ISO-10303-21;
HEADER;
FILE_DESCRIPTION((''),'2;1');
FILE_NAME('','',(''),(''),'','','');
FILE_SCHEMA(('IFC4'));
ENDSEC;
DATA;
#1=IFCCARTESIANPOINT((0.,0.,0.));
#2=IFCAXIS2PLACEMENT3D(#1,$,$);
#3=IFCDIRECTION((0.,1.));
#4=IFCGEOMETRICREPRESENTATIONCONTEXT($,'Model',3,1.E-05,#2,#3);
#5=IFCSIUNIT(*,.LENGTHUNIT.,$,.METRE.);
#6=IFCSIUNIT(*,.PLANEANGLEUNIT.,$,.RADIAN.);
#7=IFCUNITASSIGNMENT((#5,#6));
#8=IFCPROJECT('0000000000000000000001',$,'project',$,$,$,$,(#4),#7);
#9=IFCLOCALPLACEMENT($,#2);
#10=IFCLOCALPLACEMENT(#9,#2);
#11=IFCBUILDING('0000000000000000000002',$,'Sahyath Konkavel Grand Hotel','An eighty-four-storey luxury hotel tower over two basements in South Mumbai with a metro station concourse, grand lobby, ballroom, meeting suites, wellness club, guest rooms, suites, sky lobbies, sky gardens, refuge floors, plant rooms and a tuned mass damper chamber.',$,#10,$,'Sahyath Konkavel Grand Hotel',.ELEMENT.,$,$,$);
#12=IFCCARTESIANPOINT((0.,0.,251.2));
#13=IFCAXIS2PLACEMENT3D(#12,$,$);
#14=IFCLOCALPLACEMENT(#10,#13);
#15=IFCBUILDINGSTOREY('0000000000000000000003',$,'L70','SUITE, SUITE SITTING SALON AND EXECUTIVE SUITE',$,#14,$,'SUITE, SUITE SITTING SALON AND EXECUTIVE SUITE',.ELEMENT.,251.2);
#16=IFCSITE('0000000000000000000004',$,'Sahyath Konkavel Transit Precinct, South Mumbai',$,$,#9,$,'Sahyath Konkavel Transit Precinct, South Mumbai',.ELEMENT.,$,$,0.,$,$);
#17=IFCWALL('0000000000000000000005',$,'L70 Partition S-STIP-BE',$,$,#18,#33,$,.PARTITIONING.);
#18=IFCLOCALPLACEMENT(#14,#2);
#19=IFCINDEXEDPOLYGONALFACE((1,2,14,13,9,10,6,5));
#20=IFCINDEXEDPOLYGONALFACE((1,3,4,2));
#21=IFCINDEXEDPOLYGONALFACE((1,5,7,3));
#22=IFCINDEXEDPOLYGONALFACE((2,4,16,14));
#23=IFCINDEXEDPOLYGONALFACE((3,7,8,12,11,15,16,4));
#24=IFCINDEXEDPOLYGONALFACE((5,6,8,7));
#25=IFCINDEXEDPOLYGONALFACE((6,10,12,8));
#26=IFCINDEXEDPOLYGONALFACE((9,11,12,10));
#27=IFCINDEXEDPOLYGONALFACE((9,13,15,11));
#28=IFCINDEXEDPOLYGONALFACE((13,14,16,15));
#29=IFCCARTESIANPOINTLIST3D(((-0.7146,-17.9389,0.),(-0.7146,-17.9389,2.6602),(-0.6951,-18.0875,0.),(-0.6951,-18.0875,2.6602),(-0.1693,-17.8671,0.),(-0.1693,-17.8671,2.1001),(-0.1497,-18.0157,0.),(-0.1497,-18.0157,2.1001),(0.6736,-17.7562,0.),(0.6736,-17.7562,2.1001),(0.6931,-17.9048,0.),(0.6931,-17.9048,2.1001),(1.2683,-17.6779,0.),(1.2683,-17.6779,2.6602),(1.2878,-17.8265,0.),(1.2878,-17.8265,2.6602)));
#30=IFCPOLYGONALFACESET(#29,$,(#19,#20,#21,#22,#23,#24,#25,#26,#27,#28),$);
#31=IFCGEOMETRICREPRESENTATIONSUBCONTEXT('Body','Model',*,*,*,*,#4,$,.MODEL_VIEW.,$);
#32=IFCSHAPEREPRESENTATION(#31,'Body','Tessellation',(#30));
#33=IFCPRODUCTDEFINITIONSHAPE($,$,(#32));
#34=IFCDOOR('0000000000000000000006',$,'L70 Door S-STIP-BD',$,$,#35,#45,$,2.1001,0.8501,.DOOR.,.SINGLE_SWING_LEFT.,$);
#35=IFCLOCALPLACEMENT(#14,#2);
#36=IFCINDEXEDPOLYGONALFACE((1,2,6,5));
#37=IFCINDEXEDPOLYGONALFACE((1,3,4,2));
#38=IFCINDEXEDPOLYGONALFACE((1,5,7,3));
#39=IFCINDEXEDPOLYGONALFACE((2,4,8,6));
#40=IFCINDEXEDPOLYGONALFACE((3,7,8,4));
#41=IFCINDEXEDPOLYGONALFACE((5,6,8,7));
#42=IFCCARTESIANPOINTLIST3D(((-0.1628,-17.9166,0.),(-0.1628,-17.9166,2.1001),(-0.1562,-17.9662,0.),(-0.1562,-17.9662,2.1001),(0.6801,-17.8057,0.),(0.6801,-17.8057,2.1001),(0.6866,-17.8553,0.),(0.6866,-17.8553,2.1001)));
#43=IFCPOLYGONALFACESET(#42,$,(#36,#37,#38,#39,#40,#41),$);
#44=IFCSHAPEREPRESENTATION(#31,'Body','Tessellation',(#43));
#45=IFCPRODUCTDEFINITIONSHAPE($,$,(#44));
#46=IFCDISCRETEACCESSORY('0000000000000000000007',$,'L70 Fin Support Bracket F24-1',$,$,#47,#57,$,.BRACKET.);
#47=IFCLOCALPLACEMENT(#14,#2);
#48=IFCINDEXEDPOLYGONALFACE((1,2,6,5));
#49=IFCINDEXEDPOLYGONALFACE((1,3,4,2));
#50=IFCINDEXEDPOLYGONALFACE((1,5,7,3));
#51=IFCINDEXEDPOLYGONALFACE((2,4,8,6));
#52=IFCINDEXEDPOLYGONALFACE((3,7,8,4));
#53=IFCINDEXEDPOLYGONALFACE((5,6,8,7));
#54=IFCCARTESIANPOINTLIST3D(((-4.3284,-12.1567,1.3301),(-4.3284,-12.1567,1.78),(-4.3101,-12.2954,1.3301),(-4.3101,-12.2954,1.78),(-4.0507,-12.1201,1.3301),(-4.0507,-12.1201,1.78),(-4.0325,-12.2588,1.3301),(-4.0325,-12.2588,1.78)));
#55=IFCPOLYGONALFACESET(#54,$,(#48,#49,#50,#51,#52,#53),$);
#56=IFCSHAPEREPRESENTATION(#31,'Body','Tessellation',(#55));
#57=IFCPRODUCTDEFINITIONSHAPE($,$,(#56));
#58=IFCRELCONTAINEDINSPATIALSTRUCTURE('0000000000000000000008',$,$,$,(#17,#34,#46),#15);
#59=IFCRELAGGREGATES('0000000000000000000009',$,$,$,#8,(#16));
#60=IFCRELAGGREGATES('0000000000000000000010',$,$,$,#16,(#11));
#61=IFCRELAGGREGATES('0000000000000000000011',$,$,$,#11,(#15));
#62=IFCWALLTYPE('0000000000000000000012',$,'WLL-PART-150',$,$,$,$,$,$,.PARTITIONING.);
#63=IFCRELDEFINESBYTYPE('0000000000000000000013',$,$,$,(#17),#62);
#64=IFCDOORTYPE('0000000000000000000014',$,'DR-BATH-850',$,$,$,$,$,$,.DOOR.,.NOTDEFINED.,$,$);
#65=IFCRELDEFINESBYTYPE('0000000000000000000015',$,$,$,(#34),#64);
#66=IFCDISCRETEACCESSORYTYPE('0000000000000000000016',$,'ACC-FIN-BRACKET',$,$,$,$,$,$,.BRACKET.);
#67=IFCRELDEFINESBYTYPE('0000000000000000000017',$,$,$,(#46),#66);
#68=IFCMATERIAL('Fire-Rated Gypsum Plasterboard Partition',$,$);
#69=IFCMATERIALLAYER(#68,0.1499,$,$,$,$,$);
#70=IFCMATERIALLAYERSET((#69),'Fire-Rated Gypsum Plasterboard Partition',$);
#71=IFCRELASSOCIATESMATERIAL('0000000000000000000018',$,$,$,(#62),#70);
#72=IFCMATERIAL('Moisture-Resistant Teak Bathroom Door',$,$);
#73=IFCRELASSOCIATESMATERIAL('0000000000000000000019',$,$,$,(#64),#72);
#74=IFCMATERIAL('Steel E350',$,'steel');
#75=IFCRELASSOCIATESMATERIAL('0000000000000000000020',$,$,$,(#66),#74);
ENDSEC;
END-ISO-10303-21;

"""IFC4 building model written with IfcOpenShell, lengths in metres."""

from ifc_helpers import new_model, si_unit, direction, frame, frame_2d, origin, origin_2d, place, context, subcontext, project, spatial, rectangle, extrude, source, transform, mapped, material, layer, layer_set, type_object, element, fill, save


model = new_model("IFC4")

# Units and contexts
model_context = context("Model", 3, precision=1e-05, world=origin(), true_north=direction((0.0, 1.0)))
body_context = subcontext(model_context, "Body", "Model", "MODEL_VIEW")
ifc_project = project(units=[si_unit("LENGTHUNIT", "METRE"), si_unit("PLANEANGLEUNIT", "RADIAN")], contexts=[model_context])

# Site, building, storey
site_placement = place(None, origin())
site = spatial("IfcSite", under=ifc_project, at=site_placement, Name="Sahyath Konkavel Transit Precinct, South Mumbai", LongName="Sahyath Konkavel Transit Precinct, South Mumbai", CompositionType="ELEMENT", RefElevation=0.0)
building_placement = place(site_placement, origin())
building = spatial("IfcBuilding", under=site, at=building_placement, Name="Sahyath Konkavel Grand Hotel", Description="An eighty-four-storey luxury hotel tower over two basements in South Mumbai with a metro station concourse, grand lobby, ballroom, meeting suites, wellness club, guest rooms, suites, sky lobbies, sky gardens, refuge floors, plant rooms and a tuned mass damper chamber.", LongName="Sahyath Konkavel Grand Hotel", CompositionType="ELEMENT")
storey_placement = place(building_placement, frame((0.0, 0.0, 251.2)))
storey = spatial("IfcBuildingStorey", under=building, at=storey_placement, Name="L70", Description="SUITE, SUITE SITTING SALON AND EXECUTIVE SUITE", LongName="SUITE, SUITE SITTING SALON AND EXECUTIVE SUITE", CompositionType="ELEMENT", Elevation=251.2)

# Shared definitions
ifc_material_1 = material(Name="Steel E350", Category="steel")

# Shared definitions
shared_shape_1 = source(origin(), body_context, "Body", "SweptSolid", [
    extrude(rectangle(XDim=0.8501, YDim=0.05, at=origin_2d()), origin(), (0.0, 0.0, 1.0), 2.1001),
])

# Shared definitions
ifc_material_2 = material(Name="Fire-Rated Gypsum Plasterboard Partition")
ifc_layer_1 = layer(ifc_material_2, 0.1499)
ifc_layer_set_1 = layer_set([ifc_layer_1], Name="Fire-Rated Gypsum Plasterboard Partition")
wall_type_1 = type_object("IfcWallType", Name="WLL-PART-150", PredefinedType="PARTITIONING", material=ifc_layer_set_1)

# Wall, opening, door
wall_1_placement = place(storey_placement, frame((-0.7048, -18.0132, 0.0), z_axis=(0.0, 0.0, 1.0), x_axis=(0.991449, 0.130492, 0.0)))
wall_1 = element("IfcWall", 1, at=wall_1_placement, inside=storey, type_object=wall_type_1, Name="L70 Partition S-STIP-BE", PredefinedType="PARTITIONING", context=body_context, shape_type="SweptSolid", body=[
    extrude(rectangle(XDim=2.0, YDim=0.1499, at=frame_2d((1.0, 0.0))), origin(), (0.0, 0.0, 1.0), 2.6602),
])
opening_1_placement = place(wall_1_placement, frame((0.55, 0.0, 0.0)))
opening_1 = element("IfcOpeningElement", 2, at=opening_1_placement, cuts=wall_1, PredefinedType="OPENING", context=body_context, shape_type="SweptSolid", body=[
    extrude(rectangle(XDim=0.8501, YDim=2.1001, at=frame_2d((0.425, 1.05))), frame((0.0, 0.085, 0.0), z_axis=(0.0, -1.0, 0.0), x_axis=(1.0, 0.0, 0.0)), (0.0, 0.0, 1.0), 0.1699),
])
ifc_material_3 = material(Name="Moisture-Resistant Teak Bathroom Door")
door_type_1 = type_object("IfcDoorType", Name="DR-BATH-850", OperationType="NOTDEFINED", PredefinedType="DOOR", material=ifc_material_3)
door_1_placement = place(opening_1_placement, frame((0.425, 0.0, 0.0)))
door_1 = element("IfcDoor", 3, at=door_1_placement, inside=storey, type_object=door_type_1, Name="L70 Door S-STIP-BD", OperationType="SINGLE_SWING_LEFT", OverallHeight=2.1001, OverallWidth=0.8501, PredefinedType="DOOR", context=body_context, shape_type="MappedRepresentation", body=[
    mapped(shared_shape_1, transform((0.0, 0.0, 0.0), scale=1.0)),
])
fill(opening_1, door_1)

# Discrete accessory
discrete_accessory_type = type_object("IfcDiscreteAccessoryType", Name="ACC-FIN-BRACKET", PredefinedType="BRACKET", material=ifc_material_1)
shared_shape_2 = source(origin(), body_context, "Body", "SweptSolid", [
    extrude(rectangle(XDim=0.28, YDim=0.1399, at=origin_2d()), origin(), (0.0, 0.0, 1.0), 0.45),
])
discrete_accessory_placement = place(storey_placement, frame((-4.1804, -12.2078, 1.3301), z_axis=(0.0, 0.0, 1.0), x_axis=(-0.991445, -0.130526, 0.0)))
element("IfcDiscreteAccessory", 4, at=discrete_accessory_placement, inside=storey, type_object=discrete_accessory_type, Name="L70 Fin Support Bracket F24-1", PredefinedType="BRACKET", context=body_context, shape_type="MappedRepresentation", body=[
    mapped(shared_shape_2, transform((0.0, 0.0, 0.0), scale=1.0)),
])

save(model, "model.ifc")
